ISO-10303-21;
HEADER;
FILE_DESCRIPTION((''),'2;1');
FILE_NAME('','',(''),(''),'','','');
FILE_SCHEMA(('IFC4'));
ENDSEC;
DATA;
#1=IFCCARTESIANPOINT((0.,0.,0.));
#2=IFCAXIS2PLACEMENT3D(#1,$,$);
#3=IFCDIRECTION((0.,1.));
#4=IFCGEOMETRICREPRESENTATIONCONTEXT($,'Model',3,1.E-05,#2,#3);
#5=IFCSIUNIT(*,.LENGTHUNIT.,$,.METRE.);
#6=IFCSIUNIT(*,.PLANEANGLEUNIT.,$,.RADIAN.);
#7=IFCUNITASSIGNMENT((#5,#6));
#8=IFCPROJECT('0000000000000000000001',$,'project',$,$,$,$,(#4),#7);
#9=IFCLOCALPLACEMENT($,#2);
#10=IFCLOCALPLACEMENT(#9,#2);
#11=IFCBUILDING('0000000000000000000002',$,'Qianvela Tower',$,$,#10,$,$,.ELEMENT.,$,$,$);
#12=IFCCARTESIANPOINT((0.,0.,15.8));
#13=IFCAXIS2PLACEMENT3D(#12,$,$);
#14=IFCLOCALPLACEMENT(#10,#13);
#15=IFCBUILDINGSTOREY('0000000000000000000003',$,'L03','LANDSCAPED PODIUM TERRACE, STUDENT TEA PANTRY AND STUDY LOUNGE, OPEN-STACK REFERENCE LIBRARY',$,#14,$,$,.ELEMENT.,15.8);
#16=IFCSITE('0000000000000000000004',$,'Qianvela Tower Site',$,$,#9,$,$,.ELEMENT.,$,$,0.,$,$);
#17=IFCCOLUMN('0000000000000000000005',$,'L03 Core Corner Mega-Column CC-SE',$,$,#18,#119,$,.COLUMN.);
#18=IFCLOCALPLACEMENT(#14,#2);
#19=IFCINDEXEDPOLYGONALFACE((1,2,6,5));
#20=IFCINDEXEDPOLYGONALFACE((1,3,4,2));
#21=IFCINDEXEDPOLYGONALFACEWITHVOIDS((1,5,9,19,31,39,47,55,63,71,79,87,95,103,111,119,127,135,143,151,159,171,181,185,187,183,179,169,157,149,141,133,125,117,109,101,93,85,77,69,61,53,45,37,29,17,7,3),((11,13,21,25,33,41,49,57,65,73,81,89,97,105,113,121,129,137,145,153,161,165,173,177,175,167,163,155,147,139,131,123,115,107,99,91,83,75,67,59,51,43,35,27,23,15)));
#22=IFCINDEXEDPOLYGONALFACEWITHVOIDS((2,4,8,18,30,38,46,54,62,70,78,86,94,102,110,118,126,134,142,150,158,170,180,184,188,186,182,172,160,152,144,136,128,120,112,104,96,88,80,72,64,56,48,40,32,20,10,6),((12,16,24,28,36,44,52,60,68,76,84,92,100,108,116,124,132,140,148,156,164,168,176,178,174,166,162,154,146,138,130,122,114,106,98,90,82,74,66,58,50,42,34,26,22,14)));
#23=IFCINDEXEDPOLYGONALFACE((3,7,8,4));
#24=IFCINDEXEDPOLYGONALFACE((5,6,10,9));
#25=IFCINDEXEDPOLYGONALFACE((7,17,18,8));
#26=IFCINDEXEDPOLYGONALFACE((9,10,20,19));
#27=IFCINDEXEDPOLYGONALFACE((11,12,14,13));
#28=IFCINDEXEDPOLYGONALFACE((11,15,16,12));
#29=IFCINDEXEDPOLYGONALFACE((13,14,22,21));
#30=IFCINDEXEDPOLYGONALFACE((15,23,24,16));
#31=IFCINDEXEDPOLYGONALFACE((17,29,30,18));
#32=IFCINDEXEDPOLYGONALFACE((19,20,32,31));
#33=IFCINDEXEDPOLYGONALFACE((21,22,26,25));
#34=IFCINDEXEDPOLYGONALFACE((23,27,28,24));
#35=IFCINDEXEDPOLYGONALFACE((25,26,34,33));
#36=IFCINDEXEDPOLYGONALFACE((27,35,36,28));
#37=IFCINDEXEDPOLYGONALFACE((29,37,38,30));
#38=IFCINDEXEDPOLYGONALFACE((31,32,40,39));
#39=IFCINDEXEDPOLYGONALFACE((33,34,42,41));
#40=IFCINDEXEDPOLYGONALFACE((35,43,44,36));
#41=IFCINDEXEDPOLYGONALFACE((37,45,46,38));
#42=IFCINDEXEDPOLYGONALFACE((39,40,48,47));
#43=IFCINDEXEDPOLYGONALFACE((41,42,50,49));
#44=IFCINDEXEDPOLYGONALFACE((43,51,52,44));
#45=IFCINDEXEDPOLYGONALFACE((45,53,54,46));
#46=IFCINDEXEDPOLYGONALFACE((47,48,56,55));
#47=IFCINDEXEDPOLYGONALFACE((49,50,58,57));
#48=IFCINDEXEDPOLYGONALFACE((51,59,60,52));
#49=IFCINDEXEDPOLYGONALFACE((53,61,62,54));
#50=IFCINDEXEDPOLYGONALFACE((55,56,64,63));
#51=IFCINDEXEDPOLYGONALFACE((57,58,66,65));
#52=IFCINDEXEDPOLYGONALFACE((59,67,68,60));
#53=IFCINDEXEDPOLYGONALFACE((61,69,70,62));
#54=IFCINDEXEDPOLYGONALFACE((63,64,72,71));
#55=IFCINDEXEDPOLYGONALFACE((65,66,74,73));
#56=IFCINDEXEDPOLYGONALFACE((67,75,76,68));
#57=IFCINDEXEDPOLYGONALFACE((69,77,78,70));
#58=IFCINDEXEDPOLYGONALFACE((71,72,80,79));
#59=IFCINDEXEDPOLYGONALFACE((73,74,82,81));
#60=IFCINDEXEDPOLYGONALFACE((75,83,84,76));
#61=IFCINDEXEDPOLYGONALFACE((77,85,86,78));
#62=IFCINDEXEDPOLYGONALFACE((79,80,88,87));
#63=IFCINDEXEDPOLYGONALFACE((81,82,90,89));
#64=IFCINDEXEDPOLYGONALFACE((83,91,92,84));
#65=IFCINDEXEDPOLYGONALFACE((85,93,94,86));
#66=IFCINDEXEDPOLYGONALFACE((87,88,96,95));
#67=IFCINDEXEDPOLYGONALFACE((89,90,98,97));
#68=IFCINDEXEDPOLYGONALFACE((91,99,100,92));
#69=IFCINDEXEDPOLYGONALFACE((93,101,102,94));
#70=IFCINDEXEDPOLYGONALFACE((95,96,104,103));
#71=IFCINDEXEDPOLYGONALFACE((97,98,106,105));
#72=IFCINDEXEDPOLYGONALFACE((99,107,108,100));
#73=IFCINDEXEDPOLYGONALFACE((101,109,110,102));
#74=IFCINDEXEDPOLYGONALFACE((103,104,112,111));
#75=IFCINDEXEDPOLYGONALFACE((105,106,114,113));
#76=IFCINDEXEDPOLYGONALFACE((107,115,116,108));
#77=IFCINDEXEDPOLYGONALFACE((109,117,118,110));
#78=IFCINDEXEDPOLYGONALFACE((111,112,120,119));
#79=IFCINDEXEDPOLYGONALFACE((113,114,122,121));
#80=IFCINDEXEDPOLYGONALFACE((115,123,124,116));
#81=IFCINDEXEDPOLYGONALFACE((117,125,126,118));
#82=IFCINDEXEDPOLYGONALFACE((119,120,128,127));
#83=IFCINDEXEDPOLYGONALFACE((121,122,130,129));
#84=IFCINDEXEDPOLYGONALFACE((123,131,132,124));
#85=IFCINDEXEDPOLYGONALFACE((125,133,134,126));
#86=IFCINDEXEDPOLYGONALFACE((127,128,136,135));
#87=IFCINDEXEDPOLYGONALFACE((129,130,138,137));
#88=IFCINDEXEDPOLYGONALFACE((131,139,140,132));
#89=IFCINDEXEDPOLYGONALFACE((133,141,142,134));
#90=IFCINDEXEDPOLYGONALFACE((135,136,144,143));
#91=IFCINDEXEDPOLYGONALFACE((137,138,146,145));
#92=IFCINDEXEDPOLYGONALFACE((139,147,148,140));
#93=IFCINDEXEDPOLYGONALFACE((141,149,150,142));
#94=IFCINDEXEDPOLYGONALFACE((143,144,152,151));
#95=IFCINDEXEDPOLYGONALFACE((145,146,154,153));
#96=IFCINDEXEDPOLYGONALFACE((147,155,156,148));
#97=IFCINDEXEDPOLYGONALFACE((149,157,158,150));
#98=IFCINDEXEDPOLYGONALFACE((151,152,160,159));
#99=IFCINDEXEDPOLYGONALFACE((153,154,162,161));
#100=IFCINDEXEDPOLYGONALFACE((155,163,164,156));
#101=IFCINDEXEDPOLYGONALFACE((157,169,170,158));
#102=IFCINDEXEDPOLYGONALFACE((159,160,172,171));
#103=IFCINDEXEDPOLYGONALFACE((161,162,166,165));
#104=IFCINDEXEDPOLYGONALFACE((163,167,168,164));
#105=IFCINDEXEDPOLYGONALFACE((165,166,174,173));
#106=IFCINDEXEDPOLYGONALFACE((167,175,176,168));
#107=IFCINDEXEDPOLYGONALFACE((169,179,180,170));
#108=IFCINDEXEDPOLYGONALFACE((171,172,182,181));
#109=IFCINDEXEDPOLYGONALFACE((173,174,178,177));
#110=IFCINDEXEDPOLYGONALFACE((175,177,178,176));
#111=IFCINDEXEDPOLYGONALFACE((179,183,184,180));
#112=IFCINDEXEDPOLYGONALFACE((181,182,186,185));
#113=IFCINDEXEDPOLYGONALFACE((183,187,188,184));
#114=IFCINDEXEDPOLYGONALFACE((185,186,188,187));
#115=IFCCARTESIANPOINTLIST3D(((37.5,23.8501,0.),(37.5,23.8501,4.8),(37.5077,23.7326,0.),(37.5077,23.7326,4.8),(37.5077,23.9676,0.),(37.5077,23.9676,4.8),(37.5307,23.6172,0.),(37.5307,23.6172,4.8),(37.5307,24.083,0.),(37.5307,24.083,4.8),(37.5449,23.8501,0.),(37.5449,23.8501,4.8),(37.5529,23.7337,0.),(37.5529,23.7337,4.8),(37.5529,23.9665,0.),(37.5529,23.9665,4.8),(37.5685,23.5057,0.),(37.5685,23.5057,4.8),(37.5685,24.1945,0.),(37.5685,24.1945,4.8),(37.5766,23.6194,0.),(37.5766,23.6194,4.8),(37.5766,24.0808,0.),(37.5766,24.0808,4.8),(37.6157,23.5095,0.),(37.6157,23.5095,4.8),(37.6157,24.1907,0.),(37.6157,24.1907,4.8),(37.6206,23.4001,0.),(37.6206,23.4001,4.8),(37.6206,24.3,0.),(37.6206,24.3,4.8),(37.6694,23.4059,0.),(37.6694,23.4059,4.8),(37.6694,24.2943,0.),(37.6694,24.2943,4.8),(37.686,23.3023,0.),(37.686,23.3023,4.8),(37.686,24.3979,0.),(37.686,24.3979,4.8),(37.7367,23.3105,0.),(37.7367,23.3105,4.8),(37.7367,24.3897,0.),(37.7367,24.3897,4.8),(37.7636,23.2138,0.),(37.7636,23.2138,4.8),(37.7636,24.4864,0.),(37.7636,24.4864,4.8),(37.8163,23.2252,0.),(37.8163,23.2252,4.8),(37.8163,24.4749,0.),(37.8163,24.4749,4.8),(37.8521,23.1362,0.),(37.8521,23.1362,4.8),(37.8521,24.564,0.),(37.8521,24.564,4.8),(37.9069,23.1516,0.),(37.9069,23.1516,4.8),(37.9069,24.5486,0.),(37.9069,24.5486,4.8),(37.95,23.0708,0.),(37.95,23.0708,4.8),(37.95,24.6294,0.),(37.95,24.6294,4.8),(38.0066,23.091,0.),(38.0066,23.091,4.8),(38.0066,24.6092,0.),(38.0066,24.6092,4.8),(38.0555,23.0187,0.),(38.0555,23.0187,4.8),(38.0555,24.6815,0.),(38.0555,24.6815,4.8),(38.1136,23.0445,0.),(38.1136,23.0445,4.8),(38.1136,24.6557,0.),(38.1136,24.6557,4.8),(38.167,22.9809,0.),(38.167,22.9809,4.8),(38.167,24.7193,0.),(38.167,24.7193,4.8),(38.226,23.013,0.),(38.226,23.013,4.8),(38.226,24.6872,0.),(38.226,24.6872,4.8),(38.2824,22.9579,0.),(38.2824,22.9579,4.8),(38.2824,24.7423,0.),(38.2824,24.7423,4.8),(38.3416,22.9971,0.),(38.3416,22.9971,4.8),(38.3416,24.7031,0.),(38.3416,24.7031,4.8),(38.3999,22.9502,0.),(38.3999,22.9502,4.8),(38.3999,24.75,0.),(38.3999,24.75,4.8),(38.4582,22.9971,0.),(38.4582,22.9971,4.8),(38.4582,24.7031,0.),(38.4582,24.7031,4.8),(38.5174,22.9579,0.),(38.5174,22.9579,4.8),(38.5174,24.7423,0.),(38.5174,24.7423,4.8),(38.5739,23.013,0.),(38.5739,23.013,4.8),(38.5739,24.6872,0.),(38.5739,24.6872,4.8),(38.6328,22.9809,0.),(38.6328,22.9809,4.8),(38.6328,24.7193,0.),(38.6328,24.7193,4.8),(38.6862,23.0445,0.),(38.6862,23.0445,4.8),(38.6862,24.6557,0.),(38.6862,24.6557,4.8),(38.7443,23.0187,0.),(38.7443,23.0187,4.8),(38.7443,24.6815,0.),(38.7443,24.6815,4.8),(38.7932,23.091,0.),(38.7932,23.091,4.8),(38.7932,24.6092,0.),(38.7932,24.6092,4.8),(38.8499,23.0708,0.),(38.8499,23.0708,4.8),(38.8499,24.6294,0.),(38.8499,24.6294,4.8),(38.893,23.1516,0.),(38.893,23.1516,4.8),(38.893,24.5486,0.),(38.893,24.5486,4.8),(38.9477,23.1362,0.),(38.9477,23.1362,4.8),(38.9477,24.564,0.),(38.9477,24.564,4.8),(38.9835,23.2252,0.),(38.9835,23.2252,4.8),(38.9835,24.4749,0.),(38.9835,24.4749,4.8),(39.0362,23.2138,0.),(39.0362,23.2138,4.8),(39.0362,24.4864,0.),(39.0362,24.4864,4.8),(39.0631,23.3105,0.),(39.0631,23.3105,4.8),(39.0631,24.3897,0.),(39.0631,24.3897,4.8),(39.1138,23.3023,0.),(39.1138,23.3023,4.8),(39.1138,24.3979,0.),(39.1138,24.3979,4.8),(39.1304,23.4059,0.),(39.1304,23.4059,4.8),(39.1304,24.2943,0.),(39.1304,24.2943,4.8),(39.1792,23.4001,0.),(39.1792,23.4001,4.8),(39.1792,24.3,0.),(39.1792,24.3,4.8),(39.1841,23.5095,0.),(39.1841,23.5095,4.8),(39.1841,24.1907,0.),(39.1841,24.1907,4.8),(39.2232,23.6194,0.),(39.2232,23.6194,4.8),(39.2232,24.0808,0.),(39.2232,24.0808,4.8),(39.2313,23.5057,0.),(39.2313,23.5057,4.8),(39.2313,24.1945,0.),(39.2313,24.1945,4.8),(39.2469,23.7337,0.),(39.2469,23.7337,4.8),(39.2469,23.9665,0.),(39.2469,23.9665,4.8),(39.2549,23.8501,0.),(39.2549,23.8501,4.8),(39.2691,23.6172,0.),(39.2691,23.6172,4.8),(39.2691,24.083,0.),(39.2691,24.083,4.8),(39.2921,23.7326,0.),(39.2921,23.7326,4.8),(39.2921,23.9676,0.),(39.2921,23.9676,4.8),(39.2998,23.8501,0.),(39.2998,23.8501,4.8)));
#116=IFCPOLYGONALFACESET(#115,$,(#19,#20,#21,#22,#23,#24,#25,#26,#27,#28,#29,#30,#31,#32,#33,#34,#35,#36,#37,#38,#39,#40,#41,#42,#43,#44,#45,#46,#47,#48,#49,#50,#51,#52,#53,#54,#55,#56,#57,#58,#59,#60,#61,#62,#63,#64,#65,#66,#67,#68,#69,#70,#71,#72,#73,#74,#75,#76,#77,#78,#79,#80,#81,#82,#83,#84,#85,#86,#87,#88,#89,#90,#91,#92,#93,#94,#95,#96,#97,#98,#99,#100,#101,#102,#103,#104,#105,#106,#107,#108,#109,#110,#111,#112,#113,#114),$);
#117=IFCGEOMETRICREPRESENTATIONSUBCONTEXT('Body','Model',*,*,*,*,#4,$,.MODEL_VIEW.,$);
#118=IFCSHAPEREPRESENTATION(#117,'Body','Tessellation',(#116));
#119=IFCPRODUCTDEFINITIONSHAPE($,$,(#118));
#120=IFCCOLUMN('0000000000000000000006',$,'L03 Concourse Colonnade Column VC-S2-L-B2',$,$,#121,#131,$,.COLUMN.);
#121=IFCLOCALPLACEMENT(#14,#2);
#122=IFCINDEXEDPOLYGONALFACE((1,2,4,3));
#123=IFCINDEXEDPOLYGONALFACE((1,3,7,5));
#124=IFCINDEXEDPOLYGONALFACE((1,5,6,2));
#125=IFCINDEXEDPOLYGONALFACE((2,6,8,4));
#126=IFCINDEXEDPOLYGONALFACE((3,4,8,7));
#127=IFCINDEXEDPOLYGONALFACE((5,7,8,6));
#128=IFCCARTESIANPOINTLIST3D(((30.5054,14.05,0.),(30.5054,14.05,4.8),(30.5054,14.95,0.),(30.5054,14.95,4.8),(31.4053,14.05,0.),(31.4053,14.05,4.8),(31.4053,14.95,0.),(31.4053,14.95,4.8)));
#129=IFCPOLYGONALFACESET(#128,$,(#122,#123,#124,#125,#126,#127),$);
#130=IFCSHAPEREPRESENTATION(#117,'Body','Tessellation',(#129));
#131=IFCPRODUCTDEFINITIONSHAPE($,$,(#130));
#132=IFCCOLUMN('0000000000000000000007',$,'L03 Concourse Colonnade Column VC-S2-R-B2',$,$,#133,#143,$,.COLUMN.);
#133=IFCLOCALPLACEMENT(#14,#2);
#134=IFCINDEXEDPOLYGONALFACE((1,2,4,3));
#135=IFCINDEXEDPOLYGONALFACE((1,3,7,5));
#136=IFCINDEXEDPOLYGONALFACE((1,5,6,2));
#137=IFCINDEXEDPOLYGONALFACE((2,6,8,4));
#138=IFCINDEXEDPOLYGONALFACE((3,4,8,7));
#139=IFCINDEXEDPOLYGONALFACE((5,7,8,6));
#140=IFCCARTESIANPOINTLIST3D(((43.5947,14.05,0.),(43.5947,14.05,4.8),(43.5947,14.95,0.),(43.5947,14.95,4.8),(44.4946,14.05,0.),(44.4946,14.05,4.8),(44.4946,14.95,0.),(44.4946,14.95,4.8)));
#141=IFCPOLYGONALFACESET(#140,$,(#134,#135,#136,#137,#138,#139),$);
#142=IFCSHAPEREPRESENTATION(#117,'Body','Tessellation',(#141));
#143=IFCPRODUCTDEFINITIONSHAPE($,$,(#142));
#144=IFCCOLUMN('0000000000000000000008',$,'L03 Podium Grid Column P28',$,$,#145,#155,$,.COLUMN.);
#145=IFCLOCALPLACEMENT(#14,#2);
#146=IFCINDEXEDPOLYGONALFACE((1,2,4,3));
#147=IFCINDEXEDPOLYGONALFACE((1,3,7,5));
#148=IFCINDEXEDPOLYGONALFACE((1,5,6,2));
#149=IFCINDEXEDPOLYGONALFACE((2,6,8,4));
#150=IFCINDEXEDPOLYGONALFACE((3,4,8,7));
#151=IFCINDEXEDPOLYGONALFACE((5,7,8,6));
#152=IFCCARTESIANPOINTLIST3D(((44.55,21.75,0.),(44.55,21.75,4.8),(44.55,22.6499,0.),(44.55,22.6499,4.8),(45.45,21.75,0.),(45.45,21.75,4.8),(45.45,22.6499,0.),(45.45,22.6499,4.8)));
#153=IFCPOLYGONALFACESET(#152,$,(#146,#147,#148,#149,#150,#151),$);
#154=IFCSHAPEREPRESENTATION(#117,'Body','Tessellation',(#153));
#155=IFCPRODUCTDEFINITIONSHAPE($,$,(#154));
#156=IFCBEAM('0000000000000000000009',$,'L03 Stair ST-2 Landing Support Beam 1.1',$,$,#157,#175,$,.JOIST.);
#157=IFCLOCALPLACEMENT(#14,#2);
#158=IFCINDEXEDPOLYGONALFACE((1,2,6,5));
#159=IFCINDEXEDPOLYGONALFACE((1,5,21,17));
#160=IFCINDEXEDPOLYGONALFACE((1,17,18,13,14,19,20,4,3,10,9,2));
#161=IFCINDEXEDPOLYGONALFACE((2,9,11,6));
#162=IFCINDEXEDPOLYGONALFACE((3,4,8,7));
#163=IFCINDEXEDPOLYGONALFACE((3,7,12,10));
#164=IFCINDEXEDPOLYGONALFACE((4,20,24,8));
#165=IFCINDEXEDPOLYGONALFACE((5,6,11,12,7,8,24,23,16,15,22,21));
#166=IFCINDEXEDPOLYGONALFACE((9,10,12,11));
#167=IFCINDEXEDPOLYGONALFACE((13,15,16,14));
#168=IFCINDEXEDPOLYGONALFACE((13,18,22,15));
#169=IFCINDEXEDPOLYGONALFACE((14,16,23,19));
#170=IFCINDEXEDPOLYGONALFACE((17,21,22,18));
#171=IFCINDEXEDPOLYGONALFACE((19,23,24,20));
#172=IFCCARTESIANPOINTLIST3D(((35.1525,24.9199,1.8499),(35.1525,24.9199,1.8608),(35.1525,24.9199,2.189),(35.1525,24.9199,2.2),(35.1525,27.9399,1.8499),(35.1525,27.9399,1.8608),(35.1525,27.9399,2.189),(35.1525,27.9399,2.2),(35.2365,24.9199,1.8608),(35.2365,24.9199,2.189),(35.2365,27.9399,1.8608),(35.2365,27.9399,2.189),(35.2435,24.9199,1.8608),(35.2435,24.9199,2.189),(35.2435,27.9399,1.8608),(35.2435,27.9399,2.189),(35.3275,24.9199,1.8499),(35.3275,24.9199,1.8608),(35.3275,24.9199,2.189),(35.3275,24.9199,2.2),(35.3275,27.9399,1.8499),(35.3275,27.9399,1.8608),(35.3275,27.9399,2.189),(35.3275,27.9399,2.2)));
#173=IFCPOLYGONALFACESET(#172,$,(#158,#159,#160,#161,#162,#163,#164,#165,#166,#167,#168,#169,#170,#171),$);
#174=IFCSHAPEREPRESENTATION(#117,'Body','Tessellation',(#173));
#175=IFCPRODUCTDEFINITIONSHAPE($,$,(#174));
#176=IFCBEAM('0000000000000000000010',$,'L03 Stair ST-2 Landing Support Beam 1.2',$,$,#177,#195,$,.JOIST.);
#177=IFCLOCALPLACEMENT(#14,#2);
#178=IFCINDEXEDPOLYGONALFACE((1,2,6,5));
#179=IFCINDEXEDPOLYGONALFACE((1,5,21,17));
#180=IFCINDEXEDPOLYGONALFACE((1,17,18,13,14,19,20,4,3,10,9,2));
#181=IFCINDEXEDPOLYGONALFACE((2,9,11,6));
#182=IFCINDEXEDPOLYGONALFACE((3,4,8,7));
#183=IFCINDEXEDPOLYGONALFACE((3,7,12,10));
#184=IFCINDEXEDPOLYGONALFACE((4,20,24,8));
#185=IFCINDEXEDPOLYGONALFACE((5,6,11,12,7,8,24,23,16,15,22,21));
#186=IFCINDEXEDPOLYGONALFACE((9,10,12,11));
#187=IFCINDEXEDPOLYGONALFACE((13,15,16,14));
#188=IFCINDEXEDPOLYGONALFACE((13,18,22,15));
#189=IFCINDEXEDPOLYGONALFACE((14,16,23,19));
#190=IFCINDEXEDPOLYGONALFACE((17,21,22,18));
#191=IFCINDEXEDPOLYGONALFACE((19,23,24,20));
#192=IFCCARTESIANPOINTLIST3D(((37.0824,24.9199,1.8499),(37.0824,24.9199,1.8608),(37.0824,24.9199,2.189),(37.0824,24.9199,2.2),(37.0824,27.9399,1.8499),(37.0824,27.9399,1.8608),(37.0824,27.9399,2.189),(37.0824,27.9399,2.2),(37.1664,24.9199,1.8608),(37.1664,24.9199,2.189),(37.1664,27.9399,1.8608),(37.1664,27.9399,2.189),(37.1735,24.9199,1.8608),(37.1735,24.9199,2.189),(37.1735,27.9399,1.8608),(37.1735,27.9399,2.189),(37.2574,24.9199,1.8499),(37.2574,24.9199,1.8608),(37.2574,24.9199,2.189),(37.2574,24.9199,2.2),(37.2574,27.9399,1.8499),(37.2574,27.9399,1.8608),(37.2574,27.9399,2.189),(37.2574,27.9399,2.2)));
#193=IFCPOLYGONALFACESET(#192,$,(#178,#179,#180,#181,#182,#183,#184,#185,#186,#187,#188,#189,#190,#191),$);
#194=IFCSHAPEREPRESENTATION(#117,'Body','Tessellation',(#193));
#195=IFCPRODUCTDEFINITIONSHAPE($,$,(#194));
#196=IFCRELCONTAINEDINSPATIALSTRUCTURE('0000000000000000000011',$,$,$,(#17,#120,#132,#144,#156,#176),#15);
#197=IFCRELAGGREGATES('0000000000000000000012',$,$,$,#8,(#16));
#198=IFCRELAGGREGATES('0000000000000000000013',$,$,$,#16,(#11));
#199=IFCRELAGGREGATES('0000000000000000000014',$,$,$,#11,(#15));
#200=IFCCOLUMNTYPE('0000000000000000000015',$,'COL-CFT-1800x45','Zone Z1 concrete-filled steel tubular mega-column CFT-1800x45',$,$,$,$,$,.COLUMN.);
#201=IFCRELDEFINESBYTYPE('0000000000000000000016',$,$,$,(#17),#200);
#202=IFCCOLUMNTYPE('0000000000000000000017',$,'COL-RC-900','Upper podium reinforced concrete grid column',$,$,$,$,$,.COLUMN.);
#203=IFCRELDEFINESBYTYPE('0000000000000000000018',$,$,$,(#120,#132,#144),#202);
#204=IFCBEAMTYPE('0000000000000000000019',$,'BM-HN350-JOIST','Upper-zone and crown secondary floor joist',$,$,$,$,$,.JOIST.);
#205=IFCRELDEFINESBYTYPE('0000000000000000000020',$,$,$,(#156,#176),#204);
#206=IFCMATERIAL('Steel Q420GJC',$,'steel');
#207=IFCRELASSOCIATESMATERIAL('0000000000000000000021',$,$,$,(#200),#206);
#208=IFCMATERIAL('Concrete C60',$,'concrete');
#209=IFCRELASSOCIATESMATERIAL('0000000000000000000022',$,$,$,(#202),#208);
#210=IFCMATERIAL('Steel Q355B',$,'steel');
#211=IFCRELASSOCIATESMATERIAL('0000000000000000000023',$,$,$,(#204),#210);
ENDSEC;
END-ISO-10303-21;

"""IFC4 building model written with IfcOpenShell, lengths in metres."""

from ifc_helpers import new_model, si_unit, direction, frame, origin, origin_2d, place, context, subcontext, project, spatial, rectangle, hollow_circle, i_section, extrude, material, material_profile, profile_set, type_object, element, save


model = new_model("IFC4")

# Units and contexts
model_context = context("Model", 3, precision=1e-05, world=origin(), true_north=direction((0.0, 1.0)))
body_context = subcontext(model_context, "Body", "Model", "MODEL_VIEW")
ifc_project = project(units=[si_unit("LENGTHUNIT", "METRE"), si_unit("PLANEANGLEUNIT", "RADIAN")], contexts=[model_context])

# Site, building, storey
site_placement = place(None, origin())
site = spatial("IfcSite", under=ifc_project, at=site_placement, Name="Qianvela Tower Site", CompositionType="ELEMENT", RefElevation=0.0)
building_placement = place(site_placement, origin())
building = spatial("IfcBuilding", under=site, at=building_placement, Name="Qianvela Tower", CompositionType="ELEMENT")
storey_placement = place(building_placement, frame((0.0, 0.0, 15.8)))
storey = spatial("IfcBuildingStorey", under=building, at=storey_placement, Name="L03", Description="LANDSCAPED PODIUM TERRACE, STUDENT TEA PANTRY AND STUDY LOUNGE, OPEN-STACK REFERENCE LIBRARY", CompositionType="ELEMENT", Elevation=15.8)

# Columns
ifc_material_1 = material(Name="Steel Q420GJC", Category="steel")
ifc_material_profile_1 = material_profile(ifc_material_1, hollow_circle(Radius=0.8999, WallThickness=0.0449, at=origin_2d()), Name="CFT-1800x45")
ifc_profile_set_1 = profile_set([ifc_material_profile_1], Name="Steel Q420GJC")
column_type_1 = type_object("IfcColumnType", Name="COL-CFT-1800x45", Description="Zone Z1 concrete-filled steel tubular mega-column CFT-1800x45", PredefinedType="COLUMN", material=ifc_profile_set_1)
column_placement = place(storey_placement, frame((38.3999, 23.8501, 0.0), z_axis=(0.0, 0.0, 1.0), x_axis=(1.0, 0.0, 0.0)))
element("IfcColumn", 1, at=column_placement, inside=storey, type_object=column_type_1, Name="L03 Core Corner Mega-Column CC-SE", PredefinedType="COLUMN", context=body_context, shape_type="SweptSolid", body=[
    extrude(hollow_circle(Radius=0.8999, WallThickness=0.0449, at=origin_2d()), origin(), (0.0, 0.0, 1.0), 4.8),
])
ifc_material_2 = material(Name="Concrete C60", Category="concrete")
ifc_material_profile_2 = material_profile(ifc_material_2, rectangle(XDim=0.8999, YDim=0.8999, at=origin_2d()), Name="RC-COL-900x900")
ifc_profile_set_2 = profile_set([ifc_material_profile_2], Name="Concrete C60")
column_type_2 = type_object("IfcColumnType", Name="COL-RC-900", Description="Upper podium reinforced concrete grid column", PredefinedType="COLUMN", material=ifc_profile_set_2)
for number, where, z_axis, x_axis, name in (
    (2, (30.9553, 14.5, 0.0), (0.0, 0.0, 1.0), (1.0, 0.0, 0.0), "L03 Concourse Colonnade Column VC-S2-L-B2"),
    (3, (44.0447, 14.5, 0.0), (0.0, 0.0, 1.0), (1.0, 0.0, 0.0), "L03 Concourse Colonnade Column VC-S2-R-B2"),
    (4, (45.0, 22.2, 0.0), (0.0, 0.0, 1.0), (1.0, 0.0, 0.0), "L03 Podium Grid Column P28"),
):
    element("IfcColumn", number, at=place(storey_placement, frame(where, z_axis=z_axis, x_axis=x_axis)), inside=storey, type_object=column_type_2, Name=name, PredefinedType="COLUMN", context=body_context, shape_type="SweptSolid", body=[
        extrude(rectangle(XDim=0.8999, YDim=0.8999, at=origin_2d()), origin(), (0.0, 0.0, 1.0), 4.8),
    ])

# Beams
ifc_material_3 = material(Name="Steel Q355B", Category="steel")
ifc_material_profile_3 = material_profile(ifc_material_3, i_section(OverallWidth=0.175, OverallDepth=0.3501, WebThickness=0.0071, FlangeThickness=0.011, at=origin_2d()), Name="HN350x175x7x11")
ifc_profile_set_3 = profile_set([ifc_material_profile_3], Name="Steel Q355B")
beam_type_1 = type_object("IfcBeamType", Name="BM-HN350-JOIST", Description="Upper-zone and crown secondary floor joist", PredefinedType="JOIST", material=ifc_profile_set_3)
for number, where, z_axis, x_axis, name in (
    (5, (35.24, 24.9199, 2.0249), (0.0, 1.0, 0.0), (-1.0, 0.0, 0.0), "L03 Stair ST-2 Landing Support Beam 1.1"),
    (6, (37.1699, 24.9199, 2.0249), (0.0, 1.0, 0.0), (-1.0, 0.0, 0.0), "L03 Stair ST-2 Landing Support Beam 1.2"),
):
    element("IfcBeam", number, at=place(storey_placement, frame(where, z_axis=z_axis, x_axis=x_axis)), inside=storey, type_object=beam_type_1, Name=name, PredefinedType="JOIST", context=body_context, shape_type="SweptSolid", body=[
        extrude(i_section(OverallWidth=0.175, OverallDepth=0.3501, WebThickness=0.0071, FlangeThickness=0.011, at=origin_2d()), origin(), (0.0, 0.0, 1.0), 3.02),
    ])

save(model, "model.ifc")
